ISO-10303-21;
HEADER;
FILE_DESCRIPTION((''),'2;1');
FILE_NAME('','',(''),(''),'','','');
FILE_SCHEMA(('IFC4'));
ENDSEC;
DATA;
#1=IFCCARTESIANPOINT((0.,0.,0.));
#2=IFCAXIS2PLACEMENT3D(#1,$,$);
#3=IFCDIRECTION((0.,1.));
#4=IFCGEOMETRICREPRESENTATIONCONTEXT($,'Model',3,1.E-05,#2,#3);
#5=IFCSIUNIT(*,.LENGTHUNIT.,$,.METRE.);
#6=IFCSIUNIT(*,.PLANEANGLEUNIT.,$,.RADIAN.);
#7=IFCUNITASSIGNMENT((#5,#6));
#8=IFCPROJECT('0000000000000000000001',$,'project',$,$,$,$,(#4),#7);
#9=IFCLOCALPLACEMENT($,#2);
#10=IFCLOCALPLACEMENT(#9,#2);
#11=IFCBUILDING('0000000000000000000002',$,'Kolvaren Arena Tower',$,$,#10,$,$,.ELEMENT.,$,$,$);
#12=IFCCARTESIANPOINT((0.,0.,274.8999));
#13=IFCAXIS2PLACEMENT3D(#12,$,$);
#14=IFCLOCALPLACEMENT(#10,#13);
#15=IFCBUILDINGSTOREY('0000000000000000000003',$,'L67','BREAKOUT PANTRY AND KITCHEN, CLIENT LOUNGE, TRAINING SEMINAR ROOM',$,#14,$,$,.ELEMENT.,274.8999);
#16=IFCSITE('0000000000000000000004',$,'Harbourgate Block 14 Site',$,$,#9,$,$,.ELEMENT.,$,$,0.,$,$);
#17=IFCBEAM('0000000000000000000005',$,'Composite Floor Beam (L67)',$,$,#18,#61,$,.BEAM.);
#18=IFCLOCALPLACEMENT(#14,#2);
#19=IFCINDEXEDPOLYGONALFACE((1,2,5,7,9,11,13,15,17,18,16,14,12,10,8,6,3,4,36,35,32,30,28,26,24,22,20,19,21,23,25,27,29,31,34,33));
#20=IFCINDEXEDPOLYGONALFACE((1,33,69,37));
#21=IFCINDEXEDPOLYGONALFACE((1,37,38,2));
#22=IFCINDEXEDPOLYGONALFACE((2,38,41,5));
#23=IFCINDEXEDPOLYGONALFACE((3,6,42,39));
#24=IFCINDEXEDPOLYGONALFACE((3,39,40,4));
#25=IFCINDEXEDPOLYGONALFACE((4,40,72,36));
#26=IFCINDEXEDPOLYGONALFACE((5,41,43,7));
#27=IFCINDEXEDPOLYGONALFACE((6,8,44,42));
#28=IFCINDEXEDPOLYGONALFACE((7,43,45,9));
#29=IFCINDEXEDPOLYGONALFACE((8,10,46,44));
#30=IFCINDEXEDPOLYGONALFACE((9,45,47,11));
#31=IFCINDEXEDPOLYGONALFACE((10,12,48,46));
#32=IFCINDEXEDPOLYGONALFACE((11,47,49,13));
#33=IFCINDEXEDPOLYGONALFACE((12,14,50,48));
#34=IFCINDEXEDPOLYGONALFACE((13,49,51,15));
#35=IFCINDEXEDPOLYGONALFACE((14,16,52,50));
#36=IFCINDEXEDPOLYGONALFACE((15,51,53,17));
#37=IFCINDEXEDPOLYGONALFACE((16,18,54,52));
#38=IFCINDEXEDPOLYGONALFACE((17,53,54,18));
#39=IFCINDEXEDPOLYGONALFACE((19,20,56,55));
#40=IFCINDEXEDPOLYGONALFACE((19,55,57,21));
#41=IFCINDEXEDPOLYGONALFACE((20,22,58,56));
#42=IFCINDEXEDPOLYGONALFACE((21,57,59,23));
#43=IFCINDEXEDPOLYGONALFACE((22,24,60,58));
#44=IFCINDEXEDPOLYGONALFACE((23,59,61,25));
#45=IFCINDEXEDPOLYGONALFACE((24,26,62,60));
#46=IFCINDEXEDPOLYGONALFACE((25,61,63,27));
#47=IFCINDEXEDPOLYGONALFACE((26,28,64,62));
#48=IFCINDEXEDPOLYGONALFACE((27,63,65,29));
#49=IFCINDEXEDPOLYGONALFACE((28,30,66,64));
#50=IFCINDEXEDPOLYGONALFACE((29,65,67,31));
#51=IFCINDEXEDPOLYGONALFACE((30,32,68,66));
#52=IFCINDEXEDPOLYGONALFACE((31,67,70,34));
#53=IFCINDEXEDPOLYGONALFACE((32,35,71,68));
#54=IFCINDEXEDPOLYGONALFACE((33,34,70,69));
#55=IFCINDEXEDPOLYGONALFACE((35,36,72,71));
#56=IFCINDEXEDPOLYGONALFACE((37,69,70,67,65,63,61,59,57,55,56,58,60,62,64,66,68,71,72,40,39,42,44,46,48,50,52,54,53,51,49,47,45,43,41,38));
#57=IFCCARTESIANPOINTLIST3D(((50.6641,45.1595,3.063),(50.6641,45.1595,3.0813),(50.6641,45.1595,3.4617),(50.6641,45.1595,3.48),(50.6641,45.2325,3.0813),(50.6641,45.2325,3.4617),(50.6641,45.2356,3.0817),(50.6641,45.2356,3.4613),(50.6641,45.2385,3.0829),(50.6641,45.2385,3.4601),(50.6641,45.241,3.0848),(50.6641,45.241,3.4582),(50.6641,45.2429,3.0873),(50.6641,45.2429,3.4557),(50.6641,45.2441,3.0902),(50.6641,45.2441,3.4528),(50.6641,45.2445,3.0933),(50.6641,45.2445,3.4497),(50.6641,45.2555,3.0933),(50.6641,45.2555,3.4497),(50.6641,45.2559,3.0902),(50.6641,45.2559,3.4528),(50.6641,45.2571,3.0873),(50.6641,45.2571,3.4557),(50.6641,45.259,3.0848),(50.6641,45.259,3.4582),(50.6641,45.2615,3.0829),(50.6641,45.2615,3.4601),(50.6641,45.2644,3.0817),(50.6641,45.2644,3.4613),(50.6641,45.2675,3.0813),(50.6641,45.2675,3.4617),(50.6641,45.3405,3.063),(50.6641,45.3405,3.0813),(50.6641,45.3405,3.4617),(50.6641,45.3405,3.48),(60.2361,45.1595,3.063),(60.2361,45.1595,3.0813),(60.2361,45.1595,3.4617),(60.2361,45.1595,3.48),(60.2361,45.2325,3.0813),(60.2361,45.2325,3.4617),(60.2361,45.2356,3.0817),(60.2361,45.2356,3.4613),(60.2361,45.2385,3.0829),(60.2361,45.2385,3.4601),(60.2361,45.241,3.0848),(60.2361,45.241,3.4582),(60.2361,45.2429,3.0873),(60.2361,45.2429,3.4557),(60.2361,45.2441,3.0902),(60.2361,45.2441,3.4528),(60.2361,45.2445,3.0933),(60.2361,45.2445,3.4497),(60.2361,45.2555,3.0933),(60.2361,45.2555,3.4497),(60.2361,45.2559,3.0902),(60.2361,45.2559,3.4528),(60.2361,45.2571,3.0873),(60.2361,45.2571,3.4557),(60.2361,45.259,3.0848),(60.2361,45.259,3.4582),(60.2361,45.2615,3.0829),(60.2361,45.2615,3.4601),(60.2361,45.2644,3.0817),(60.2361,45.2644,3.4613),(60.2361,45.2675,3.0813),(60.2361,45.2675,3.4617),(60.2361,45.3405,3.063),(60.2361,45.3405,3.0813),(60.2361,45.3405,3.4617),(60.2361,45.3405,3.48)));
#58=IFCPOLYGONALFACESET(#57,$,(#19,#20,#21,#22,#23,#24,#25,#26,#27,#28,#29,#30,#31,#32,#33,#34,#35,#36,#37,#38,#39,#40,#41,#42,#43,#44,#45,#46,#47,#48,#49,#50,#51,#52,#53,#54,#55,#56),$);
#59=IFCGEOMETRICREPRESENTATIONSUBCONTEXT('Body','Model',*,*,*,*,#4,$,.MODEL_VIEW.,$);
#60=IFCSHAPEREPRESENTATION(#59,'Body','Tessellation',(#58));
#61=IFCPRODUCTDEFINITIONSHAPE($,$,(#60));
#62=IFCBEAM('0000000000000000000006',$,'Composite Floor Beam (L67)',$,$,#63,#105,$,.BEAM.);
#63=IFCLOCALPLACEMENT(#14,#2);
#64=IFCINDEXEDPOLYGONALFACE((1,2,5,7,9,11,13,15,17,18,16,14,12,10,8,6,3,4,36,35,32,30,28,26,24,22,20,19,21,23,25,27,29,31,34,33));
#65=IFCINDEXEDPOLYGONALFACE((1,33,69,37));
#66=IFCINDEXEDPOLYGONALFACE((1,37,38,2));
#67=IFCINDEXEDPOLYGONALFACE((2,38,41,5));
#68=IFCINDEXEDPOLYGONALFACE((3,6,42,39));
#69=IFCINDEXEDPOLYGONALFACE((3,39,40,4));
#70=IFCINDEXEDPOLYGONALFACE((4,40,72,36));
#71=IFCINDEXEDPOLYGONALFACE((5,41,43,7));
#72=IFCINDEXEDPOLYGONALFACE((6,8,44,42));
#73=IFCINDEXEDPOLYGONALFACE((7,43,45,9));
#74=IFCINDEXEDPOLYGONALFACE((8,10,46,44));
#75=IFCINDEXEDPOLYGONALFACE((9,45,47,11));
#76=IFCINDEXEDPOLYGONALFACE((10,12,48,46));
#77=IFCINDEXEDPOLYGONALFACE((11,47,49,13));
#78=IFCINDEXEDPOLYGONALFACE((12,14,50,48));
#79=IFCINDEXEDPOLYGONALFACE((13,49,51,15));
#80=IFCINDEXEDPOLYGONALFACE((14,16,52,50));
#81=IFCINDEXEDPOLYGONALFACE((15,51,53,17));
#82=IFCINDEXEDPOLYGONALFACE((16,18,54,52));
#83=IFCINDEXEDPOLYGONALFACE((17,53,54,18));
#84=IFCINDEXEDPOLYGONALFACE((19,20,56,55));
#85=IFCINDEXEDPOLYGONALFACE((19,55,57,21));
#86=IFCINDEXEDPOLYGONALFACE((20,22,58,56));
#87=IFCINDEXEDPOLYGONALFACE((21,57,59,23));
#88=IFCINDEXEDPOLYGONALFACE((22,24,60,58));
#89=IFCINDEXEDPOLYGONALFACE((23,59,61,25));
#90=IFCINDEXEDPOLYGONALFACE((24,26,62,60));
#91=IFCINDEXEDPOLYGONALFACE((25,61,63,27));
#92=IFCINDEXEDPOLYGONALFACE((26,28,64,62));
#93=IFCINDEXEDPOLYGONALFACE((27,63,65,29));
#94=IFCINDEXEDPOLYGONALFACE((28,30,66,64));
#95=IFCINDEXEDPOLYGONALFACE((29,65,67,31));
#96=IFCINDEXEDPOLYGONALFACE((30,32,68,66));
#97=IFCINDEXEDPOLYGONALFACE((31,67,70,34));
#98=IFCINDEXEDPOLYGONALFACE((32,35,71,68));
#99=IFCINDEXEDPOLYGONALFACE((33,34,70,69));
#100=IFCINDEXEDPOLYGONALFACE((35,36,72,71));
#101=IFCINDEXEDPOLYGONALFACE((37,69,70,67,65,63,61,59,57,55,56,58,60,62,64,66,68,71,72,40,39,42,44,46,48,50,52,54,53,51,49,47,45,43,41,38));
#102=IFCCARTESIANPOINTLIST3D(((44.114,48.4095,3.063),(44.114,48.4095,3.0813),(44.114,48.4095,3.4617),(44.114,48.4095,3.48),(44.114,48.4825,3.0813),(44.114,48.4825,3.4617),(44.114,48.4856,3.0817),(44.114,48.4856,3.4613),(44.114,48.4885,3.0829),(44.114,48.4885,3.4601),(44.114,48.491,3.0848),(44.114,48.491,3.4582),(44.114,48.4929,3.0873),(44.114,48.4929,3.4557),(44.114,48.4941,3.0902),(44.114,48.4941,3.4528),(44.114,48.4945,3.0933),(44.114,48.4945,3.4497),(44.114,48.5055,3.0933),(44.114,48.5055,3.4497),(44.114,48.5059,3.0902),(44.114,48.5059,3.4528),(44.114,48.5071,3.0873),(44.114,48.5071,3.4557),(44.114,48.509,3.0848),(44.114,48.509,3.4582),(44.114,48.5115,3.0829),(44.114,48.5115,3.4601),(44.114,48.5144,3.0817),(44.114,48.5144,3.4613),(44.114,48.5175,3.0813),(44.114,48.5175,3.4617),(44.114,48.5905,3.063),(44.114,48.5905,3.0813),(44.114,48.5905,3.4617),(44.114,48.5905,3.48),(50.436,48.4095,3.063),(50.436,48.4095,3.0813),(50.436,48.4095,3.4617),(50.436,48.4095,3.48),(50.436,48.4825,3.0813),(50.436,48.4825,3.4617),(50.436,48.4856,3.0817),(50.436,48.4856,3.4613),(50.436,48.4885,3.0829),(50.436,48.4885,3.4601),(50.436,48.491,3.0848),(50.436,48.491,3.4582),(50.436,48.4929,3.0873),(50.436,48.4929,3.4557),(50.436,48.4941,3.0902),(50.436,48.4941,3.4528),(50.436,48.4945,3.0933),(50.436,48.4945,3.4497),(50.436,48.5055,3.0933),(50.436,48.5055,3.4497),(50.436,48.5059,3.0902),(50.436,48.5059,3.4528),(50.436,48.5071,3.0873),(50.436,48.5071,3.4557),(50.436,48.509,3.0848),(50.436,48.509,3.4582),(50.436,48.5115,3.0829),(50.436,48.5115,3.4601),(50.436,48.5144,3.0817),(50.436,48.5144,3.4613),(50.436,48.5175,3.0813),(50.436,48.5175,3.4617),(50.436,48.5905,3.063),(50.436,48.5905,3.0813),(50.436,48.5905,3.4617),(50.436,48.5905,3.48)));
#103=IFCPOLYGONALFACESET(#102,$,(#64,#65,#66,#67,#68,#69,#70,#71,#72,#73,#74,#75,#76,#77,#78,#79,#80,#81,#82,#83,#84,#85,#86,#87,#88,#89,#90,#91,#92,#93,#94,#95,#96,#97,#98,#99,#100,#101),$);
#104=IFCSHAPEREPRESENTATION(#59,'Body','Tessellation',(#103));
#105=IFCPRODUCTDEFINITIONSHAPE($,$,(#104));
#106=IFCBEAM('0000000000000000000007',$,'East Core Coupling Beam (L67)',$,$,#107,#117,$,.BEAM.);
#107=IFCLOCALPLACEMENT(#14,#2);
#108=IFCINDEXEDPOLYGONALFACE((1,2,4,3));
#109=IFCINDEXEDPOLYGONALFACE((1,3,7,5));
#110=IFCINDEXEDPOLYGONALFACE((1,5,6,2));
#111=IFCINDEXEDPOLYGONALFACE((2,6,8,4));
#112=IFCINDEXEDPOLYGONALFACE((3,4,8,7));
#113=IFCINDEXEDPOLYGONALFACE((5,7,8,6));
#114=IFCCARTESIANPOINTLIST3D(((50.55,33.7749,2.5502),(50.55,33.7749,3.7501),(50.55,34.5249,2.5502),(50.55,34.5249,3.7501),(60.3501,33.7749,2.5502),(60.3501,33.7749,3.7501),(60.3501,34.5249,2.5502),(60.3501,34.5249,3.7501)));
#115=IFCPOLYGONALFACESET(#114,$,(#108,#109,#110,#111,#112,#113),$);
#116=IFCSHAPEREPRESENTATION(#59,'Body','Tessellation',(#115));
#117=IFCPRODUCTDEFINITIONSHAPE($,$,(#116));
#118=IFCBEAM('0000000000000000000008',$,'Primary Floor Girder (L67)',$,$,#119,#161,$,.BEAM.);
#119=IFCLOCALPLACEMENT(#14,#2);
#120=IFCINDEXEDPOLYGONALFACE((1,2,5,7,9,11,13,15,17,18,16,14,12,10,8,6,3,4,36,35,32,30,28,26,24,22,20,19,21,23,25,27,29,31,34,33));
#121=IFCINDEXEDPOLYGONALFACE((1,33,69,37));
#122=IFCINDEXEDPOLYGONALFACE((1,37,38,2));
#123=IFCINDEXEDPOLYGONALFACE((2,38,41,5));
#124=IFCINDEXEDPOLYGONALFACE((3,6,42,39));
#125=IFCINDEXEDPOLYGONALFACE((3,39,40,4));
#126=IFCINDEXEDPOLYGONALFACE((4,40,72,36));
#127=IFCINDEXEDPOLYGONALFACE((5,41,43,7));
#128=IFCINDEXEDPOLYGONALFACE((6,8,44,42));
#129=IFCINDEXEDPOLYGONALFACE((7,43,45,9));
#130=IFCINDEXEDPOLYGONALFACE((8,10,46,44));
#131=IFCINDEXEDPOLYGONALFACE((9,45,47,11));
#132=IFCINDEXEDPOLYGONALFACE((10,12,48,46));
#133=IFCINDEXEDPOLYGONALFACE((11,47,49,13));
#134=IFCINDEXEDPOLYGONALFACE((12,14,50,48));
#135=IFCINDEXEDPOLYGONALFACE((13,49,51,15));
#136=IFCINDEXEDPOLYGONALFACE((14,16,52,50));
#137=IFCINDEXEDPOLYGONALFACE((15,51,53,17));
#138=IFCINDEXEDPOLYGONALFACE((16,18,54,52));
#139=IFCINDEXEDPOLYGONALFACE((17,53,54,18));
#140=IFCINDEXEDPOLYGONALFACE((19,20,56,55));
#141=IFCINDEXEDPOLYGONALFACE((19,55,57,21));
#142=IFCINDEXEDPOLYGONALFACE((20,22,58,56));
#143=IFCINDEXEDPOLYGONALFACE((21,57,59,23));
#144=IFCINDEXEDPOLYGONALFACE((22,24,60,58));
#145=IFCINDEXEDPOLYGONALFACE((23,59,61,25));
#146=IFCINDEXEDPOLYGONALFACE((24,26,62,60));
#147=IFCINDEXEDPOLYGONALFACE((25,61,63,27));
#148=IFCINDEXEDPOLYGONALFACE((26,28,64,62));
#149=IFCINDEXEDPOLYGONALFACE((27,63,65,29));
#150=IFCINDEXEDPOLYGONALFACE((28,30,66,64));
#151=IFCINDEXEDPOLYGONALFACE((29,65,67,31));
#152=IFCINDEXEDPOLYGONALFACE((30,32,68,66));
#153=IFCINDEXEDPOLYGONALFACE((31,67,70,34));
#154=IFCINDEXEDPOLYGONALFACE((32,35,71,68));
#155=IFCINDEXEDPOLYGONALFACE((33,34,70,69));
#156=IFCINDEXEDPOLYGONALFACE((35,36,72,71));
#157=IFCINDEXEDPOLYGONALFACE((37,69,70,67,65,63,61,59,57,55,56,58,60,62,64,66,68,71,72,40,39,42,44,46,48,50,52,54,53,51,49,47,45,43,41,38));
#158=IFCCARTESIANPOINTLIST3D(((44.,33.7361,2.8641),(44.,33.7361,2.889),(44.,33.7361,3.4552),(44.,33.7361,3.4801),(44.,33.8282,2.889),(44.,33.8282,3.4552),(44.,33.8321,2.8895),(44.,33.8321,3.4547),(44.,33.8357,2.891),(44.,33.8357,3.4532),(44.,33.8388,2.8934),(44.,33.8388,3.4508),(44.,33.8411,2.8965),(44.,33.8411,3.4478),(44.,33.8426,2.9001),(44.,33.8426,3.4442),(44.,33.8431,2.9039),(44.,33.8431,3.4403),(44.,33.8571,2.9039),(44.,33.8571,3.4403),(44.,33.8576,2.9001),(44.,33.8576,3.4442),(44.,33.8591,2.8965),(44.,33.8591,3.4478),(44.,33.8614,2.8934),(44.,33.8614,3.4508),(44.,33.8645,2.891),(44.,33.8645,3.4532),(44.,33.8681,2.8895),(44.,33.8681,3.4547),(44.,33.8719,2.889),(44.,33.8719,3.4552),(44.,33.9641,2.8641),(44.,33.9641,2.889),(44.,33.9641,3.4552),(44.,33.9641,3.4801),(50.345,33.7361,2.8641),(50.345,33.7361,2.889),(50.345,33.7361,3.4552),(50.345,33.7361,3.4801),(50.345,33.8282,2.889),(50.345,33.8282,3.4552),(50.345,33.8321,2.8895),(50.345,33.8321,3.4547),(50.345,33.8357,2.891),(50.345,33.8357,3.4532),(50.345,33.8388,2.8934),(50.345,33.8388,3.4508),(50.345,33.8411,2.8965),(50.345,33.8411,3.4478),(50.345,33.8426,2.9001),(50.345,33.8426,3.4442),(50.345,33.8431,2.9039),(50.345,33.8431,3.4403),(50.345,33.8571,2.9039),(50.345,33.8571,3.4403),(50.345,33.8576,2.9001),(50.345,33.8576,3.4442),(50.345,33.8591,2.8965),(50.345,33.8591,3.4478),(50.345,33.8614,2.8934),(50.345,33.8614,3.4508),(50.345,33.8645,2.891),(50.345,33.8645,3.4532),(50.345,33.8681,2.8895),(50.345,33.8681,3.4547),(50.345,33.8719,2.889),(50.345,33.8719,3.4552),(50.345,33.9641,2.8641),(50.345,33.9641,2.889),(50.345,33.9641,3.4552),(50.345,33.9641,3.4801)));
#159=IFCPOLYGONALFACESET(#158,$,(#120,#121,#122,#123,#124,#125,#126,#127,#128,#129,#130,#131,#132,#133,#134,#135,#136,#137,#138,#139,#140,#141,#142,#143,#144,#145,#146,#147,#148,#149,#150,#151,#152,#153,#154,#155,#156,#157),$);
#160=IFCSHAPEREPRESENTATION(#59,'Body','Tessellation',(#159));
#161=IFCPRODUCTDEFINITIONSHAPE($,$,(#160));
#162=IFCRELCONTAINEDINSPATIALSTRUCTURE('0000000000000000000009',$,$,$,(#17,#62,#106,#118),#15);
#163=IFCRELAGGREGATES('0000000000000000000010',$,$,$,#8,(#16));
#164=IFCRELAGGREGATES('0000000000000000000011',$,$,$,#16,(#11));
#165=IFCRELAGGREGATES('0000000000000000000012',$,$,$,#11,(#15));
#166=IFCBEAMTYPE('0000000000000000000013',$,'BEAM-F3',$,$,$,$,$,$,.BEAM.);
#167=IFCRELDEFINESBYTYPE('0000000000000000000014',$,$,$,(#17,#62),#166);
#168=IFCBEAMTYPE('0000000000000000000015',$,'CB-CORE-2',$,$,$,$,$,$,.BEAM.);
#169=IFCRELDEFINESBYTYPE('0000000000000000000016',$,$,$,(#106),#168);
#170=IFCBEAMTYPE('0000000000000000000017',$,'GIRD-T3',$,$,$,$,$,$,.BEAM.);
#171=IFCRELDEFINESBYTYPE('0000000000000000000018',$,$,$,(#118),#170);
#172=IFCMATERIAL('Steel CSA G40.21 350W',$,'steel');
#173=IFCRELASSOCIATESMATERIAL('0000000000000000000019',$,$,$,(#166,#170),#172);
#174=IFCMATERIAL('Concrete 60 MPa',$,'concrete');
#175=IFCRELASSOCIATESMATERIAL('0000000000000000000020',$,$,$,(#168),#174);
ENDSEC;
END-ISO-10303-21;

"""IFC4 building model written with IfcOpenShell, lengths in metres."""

from ifc_helpers import new_model, si_unit, direction, frame, origin, origin_2d, place, context, subcontext, project, spatial, rectangle, i_section, extrude, material, material_profile, profile_set, type_object, element, save


model = new_model("IFC4")

# Units and contexts
model_context = context("Model", 3, precision=1e-05, world=origin(), true_north=direction((0.0, 1.0)))
body_context = subcontext(model_context, "Body", "Model", "MODEL_VIEW")
ifc_project = project(units=[si_unit("LENGTHUNIT", "METRE"), si_unit("PLANEANGLEUNIT", "RADIAN")], contexts=[model_context])

# Site, building, storey
site_placement = place(None, origin())
site = spatial("IfcSite", under=ifc_project, at=site_placement, Name="Harbourgate Block 14 Site", CompositionType="ELEMENT", RefElevation=0.0)
building_placement = place(site_placement, origin())
building = spatial("IfcBuilding", under=site, at=building_placement, Name="Kolvaren Arena Tower", CompositionType="ELEMENT")
storey_placement = place(building_placement, frame((0.0, 0.0, 274.8999)))
storey = spatial("IfcBuildingStorey", under=building, at=storey_placement, Name="L67", Description="BREAKOUT PANTRY AND KITCHEN, CLIENT LOUNGE, TRAINING SEMINAR ROOM", CompositionType="ELEMENT", Elevation=274.8999)

# Beams
ifc_material_1 = material(Name="Steel CSA G40.21 350W", Category="steel")
ifc_material_profile_1 = material_profile(ifc_material_1, i_section(OverallWidth=0.1809, OverallDepth=0.417, WebThickness=0.011, FlangeThickness=0.0183, FilletRadius=0.012, at=origin_2d()), Name="W410x85")
ifc_profile_set_1 = profile_set([ifc_material_profile_1], Name="Steel CSA G40.21 350W")
beam_type_1 = type_object("IfcBeamType", Name="BEAM-F3", PredefinedType="BEAM", material=ifc_profile_set_1)
beam_1_placement = place(storey_placement, frame((50.6641, 45.25, 3.2715), z_axis=(1.0, 0.0, 0.0), x_axis=(0.0, 1.0, 0.0)))
element("IfcBeam", 1, at=beam_1_placement, inside=storey, type_object=beam_type_1, Name="Composite Floor Beam (L67)", PredefinedType="BEAM", context=body_context, shape_type="SweptSolid", body=[
    extrude(i_section(OverallWidth=0.1809, OverallDepth=0.417, WebThickness=0.011, FlangeThickness=0.0183, FilletRadius=0.012, at=origin_2d()), origin(), (0.0, 0.0, 1.0), 9.572),
])
beam_2_placement = place(storey_placement, frame((44.114, 48.5, 3.2715), z_axis=(1.0, 0.0, 0.0), x_axis=(0.0, 1.0, 0.0)))
element("IfcBeam", 2, at=beam_2_placement, inside=storey, type_object=beam_type_1, Name="Composite Floor Beam (L67)", PredefinedType="BEAM", context=body_context, shape_type="SweptSolid", body=[
    extrude(i_section(OverallWidth=0.1809, OverallDepth=0.417, WebThickness=0.011, FlangeThickness=0.0183, FilletRadius=0.012, at=origin_2d()), origin(), (0.0, 0.0, 1.0), 6.322),
])
ifc_material_2 = material(Name="Concrete 60 MPa", Category="concrete")
ifc_material_profile_2 = material_profile(ifc_material_2, rectangle(XDim=0.75, YDim=1.2, at=origin_2d()), Name="RC-750x1200")
ifc_profile_set_2 = profile_set([ifc_material_profile_2], Name="Concrete 60 MPa")
beam_type_2 = type_object("IfcBeamType", Name="CB-CORE-2", PredefinedType="BEAM", material=ifc_profile_set_2)
beam_3_placement = place(storey_placement, frame((50.55, 34.1499, 3.1501), z_axis=(1.0, 0.0, 0.0), x_axis=(0.0, 1.0, 0.0)))
element("IfcBeam", 3, at=beam_3_placement, inside=storey, type_object=beam_type_2, Name="East Core Coupling Beam (L67)", PredefinedType="BEAM", context=body_context, shape_type="SweptSolid", body=[
    extrude(rectangle(XDim=0.75, YDim=1.2, at=origin_2d()), origin(), (0.0, 0.0, 1.0), 9.8),
])
ifc_material_profile_3 = material_profile(ifc_material_1, i_section(OverallWidth=0.228, OverallDepth=0.616, WebThickness=0.0139, FlangeThickness=0.0249, FilletRadius=0.0149, at=origin_2d()), Name="W610x174")
ifc_profile_set_3 = profile_set([ifc_material_profile_3], Name="Steel CSA G40.21 350W")
beam_type_3 = type_object("IfcBeamType", Name="GIRD-T3", PredefinedType="BEAM", material=ifc_profile_set_3)
beam_4_placement = place(storey_placement, frame((44.0, 33.8501, 3.1721), z_axis=(1.0, 0.0, 0.0), x_axis=(0.0, 1.0, 0.0)))
element("IfcBeam", 4, at=beam_4_placement, inside=storey, type_object=beam_type_3, Name="Primary Floor Girder (L67)", PredefinedType="BEAM", context=body_context, shape_type="SweptSolid", body=[
    extrude(i_section(OverallWidth=0.228, OverallDepth=0.616, WebThickness=0.0139, FlangeThickness=0.0249, FilletRadius=0.0149, at=origin_2d()), origin(), (0.0, 0.0, 1.0), 6.345),
])

save(model, "model.ifc")
